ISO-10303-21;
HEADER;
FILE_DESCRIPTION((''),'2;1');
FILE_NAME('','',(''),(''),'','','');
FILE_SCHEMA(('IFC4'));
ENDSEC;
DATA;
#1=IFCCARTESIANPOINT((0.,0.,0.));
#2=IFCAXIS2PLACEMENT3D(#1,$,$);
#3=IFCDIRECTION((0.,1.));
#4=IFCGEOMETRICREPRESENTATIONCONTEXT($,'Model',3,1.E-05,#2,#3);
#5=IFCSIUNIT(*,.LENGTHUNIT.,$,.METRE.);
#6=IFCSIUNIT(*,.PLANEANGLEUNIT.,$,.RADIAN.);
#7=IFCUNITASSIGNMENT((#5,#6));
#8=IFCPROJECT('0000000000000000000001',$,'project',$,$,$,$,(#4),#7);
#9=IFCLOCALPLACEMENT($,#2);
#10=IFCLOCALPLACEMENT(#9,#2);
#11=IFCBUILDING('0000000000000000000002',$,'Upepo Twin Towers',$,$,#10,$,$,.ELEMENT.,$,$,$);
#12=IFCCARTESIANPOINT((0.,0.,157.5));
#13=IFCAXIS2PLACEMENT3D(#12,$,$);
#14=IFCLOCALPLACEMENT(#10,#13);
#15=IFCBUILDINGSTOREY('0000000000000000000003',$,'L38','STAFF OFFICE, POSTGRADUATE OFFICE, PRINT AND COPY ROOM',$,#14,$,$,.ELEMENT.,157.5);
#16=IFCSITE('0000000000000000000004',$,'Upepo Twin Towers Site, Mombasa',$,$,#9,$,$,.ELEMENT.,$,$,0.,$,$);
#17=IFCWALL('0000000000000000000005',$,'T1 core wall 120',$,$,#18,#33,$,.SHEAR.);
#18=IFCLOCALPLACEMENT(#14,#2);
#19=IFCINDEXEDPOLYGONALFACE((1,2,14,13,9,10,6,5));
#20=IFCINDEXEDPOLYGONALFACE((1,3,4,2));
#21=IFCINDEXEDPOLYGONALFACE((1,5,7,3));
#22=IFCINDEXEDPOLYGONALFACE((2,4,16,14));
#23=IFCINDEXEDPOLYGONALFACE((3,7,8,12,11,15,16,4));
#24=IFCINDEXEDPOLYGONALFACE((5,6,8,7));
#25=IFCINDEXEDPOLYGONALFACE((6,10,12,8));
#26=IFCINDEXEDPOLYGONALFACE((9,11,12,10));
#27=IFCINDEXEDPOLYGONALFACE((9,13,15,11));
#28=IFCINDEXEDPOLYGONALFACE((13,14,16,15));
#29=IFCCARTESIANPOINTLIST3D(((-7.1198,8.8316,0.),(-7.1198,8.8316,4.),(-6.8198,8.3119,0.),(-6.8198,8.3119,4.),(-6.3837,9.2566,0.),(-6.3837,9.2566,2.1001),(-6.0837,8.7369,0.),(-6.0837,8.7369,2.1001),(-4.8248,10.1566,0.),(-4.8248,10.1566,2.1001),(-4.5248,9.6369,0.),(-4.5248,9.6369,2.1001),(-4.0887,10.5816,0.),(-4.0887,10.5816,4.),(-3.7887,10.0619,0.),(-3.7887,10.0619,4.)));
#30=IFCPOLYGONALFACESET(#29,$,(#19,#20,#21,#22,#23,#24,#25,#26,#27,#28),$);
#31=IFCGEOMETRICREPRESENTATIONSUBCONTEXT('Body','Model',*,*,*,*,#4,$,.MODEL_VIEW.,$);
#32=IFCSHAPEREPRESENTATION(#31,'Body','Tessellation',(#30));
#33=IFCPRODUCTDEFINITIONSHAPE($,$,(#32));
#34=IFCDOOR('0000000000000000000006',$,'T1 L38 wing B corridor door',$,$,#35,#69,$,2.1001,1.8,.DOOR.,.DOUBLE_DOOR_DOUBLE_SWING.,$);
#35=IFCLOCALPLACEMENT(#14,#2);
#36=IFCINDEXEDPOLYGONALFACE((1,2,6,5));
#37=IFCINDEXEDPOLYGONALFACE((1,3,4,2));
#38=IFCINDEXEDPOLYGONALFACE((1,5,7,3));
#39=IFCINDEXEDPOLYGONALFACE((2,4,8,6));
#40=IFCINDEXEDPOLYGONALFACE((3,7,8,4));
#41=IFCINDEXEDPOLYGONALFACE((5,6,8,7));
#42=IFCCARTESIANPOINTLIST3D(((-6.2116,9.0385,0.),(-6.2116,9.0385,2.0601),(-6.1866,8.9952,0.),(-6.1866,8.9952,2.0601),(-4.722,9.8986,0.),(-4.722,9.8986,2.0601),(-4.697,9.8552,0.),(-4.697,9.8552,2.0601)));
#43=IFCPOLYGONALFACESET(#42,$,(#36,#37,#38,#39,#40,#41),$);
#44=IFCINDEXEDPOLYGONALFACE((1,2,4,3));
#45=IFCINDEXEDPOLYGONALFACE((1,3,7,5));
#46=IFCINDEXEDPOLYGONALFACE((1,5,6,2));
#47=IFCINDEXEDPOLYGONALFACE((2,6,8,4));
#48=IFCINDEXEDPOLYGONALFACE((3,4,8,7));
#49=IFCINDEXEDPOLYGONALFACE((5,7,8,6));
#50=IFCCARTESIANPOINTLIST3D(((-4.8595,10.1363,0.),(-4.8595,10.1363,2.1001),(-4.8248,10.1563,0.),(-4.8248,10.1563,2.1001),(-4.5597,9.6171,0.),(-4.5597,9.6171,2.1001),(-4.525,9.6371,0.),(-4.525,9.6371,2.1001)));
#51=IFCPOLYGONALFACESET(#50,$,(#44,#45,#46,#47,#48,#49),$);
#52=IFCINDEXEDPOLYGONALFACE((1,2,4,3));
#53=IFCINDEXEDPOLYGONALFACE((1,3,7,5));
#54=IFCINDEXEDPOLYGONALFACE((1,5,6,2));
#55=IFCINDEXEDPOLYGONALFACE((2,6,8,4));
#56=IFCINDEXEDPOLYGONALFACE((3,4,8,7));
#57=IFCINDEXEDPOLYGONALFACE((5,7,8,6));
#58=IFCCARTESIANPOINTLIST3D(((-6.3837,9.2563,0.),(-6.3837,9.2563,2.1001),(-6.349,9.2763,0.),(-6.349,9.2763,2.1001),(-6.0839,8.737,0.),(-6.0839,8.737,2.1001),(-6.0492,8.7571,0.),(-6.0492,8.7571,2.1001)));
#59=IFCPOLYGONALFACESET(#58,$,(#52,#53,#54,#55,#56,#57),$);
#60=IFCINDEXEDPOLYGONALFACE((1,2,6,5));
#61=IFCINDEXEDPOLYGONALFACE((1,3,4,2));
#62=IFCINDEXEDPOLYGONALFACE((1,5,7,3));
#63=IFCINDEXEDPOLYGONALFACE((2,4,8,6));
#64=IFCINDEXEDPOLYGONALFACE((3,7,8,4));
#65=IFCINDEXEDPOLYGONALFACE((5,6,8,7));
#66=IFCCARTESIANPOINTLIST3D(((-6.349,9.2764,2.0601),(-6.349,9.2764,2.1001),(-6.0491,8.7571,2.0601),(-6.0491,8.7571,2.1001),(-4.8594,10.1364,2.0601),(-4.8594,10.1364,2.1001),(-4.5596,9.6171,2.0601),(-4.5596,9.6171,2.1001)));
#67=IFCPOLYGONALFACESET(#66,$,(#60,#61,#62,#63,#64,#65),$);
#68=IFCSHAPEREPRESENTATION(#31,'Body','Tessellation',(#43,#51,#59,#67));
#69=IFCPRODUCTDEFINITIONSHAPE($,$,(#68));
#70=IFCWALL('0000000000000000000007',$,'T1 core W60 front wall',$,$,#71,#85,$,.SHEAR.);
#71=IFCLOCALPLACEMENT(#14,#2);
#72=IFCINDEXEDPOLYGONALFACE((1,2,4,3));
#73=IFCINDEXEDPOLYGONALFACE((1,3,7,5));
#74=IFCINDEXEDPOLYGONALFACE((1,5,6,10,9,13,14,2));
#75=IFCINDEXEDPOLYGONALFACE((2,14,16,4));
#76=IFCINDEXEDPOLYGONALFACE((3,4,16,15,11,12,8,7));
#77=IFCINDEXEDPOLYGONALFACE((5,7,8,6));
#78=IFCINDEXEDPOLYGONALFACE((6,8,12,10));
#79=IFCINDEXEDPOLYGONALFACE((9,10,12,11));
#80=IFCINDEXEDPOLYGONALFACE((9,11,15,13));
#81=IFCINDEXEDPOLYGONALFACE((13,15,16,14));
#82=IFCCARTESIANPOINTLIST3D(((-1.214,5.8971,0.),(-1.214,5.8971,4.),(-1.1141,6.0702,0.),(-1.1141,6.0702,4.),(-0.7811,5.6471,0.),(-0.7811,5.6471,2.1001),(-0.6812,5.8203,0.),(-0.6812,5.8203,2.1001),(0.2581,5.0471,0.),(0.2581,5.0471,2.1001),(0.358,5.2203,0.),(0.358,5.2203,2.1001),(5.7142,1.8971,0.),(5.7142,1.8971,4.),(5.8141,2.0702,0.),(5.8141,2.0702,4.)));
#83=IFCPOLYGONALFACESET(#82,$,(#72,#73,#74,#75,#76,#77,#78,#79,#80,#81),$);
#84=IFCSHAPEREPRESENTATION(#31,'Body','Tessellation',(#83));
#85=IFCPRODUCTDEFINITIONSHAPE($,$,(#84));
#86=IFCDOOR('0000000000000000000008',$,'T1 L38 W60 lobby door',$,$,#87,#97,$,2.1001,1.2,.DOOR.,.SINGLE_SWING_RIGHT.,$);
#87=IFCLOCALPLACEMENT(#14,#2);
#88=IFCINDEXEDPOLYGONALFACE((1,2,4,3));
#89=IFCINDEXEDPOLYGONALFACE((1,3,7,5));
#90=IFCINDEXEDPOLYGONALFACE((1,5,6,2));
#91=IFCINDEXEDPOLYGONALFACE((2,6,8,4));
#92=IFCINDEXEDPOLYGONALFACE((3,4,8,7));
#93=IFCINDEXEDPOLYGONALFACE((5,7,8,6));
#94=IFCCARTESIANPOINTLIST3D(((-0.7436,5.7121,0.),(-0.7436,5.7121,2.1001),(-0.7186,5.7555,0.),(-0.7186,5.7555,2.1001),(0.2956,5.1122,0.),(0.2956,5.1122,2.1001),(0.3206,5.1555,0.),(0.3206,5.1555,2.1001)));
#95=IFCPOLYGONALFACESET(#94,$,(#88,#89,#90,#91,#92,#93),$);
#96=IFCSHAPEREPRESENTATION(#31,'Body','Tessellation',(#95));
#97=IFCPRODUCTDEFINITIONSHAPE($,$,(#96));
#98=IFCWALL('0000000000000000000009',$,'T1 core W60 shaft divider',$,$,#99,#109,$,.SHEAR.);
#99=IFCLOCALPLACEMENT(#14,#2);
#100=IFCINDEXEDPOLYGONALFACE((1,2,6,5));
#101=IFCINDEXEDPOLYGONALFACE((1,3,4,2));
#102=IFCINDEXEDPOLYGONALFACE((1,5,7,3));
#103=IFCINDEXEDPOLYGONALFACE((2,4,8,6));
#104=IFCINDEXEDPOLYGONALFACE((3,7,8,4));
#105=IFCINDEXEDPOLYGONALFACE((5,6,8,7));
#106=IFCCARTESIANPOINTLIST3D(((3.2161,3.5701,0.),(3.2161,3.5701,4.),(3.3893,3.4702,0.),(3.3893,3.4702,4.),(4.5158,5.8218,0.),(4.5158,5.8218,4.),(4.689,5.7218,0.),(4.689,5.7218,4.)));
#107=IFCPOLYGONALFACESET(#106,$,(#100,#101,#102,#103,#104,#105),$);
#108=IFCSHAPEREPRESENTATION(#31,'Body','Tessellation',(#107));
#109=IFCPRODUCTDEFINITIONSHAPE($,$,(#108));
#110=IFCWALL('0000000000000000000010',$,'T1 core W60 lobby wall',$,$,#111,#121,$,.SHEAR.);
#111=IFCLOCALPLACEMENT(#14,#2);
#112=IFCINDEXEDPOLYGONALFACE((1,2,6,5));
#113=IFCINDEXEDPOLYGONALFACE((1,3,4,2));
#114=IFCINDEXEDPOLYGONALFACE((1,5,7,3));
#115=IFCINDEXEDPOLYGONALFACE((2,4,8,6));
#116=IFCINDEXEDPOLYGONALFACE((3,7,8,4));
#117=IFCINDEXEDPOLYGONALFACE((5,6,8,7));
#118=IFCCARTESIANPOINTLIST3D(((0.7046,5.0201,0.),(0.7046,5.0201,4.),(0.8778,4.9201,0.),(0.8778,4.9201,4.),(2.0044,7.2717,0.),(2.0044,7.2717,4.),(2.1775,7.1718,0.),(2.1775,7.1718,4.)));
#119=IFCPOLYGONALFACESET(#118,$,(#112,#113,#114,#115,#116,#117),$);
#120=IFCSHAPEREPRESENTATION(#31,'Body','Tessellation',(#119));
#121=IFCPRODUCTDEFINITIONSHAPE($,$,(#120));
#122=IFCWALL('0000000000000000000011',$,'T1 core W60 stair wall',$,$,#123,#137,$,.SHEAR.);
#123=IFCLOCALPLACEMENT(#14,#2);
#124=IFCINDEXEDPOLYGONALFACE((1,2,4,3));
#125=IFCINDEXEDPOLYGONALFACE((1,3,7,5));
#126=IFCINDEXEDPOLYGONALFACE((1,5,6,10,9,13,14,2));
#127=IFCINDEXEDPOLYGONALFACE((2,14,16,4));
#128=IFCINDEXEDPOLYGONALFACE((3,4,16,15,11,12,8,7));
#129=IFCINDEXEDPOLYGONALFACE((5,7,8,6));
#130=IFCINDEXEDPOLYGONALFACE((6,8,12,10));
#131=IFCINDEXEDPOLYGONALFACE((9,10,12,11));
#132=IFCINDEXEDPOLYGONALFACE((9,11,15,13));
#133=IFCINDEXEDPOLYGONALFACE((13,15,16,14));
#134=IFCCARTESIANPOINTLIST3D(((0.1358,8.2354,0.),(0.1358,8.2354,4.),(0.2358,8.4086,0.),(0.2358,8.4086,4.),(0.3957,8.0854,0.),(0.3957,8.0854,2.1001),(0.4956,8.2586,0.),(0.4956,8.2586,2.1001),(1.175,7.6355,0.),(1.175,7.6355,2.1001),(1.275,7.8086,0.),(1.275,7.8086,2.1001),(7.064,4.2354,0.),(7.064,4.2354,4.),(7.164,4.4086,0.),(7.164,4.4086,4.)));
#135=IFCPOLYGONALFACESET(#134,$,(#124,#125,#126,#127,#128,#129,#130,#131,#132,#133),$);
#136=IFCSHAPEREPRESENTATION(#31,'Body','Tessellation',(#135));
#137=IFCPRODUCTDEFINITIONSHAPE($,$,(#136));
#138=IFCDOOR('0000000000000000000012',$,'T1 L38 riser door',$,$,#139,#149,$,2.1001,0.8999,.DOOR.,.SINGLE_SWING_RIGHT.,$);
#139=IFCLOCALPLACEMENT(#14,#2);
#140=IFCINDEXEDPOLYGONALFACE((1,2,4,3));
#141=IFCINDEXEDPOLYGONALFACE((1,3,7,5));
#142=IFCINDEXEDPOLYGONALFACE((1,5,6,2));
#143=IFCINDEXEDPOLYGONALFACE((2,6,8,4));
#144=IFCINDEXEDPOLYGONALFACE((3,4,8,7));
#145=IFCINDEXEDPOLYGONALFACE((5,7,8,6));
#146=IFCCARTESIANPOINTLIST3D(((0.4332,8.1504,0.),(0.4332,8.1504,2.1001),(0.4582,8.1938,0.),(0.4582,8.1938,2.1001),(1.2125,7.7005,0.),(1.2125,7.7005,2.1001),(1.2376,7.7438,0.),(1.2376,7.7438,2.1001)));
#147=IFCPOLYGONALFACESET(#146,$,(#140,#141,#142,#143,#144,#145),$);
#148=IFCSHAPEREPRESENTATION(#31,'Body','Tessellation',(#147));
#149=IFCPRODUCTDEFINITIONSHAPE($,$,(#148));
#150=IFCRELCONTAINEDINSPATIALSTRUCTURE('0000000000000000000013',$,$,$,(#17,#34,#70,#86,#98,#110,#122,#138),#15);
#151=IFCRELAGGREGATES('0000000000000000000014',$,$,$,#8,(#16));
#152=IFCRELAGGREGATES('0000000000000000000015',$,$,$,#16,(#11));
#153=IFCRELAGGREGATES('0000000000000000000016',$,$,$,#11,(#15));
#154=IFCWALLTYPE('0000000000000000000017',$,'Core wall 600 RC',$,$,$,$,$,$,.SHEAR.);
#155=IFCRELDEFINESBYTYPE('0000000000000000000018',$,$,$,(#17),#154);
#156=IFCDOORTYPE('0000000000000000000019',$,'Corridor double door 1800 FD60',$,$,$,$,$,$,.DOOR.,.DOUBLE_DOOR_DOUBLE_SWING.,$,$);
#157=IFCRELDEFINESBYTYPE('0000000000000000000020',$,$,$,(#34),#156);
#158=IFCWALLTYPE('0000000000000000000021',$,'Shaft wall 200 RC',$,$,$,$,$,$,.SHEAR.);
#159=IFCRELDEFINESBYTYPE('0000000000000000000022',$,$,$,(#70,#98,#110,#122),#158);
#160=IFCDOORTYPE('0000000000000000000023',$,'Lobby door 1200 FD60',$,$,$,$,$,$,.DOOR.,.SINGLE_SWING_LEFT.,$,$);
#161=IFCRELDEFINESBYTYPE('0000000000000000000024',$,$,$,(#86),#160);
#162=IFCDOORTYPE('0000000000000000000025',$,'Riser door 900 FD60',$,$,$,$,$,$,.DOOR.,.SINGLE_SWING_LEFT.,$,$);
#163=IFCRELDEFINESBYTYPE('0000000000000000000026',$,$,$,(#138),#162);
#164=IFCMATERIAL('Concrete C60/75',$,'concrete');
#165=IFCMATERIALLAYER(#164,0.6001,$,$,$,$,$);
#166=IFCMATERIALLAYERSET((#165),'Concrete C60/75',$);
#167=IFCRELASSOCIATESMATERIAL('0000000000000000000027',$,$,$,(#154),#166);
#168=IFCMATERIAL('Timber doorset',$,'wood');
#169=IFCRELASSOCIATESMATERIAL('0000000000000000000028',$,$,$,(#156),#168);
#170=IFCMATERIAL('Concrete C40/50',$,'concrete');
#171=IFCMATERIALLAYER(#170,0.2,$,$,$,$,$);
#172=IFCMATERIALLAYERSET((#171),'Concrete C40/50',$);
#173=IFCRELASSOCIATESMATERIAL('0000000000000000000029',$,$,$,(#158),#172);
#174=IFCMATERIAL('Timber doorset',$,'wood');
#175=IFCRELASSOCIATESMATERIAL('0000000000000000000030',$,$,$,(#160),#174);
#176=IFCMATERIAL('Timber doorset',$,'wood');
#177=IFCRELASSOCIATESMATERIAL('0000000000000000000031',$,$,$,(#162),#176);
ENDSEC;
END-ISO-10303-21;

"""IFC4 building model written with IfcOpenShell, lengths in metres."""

from ifc_helpers import new_model, si_unit, direction, frame, frame_2d, origin, place, context, subcontext, project, spatial, rectangle, extrude, material, layer, layer_set, type_object, element, fill, save


model = new_model("IFC4")

# Units and contexts
model_context = context("Model", 3, precision=1e-05, world=origin(), true_north=direction((0.0, 1.0)))
body_context = subcontext(model_context, "Body", "Model", "MODEL_VIEW")
ifc_project = project(units=[si_unit("LENGTHUNIT", "METRE"), si_unit("PLANEANGLEUNIT", "RADIAN")], contexts=[model_context])

# Site, building, storey
site_placement = place(None, origin())
site = spatial("IfcSite", under=ifc_project, at=site_placement, Name="Upepo Twin Towers Site, Mombasa", CompositionType="ELEMENT", RefElevation=0.0)
building_placement = place(site_placement, origin())
building = spatial("IfcBuilding", under=site, at=building_placement, Name="Upepo Twin Towers", CompositionType="ELEMENT")
storey_placement = place(building_placement, frame((0.0, 0.0, 157.5)))
storey = spatial("IfcBuildingStorey", under=building, at=storey_placement, Name="L38", Description="STAFF OFFICE, POSTGRADUATE OFFICE, PRINT AND COPY ROOM", CompositionType="ELEMENT", Elevation=157.5)

# Walls, openings, doors
ifc_material_1 = material(Name="Concrete C60/75", Category="concrete")
ifc_layer_1 = layer(ifc_material_1, 0.6001)
ifc_layer_set_1 = layer_set([ifc_layer_1], Name="Concrete C60/75")
wall_type_1 = type_object("IfcWallType", Name="Core wall 600 RC", PredefinedType="SHEAR", material=ifc_layer_set_1)
wall_1_placement = place(storey_placement, frame((-3.9387, 10.3218, 0.0), z_axis=(0.0, 0.0, 1.0), x_axis=(-0.866019, -0.50001, 0.0)))
wall_1 = element("IfcWall", 1, at=wall_1_placement, inside=storey, type_object=wall_type_1, Name="T1 core wall 120", PredefinedType="SHEAR", context=body_context, shape_type="SweptSolid", body=[
    extrude(rectangle(XDim=3.5, YDim=0.6001, at=frame_2d((1.75, 0.0))), origin(), (0.0, 0.0, 1.0), 4.0),
])
opening_1_placement = place(wall_1_placement, frame((0.8501, 0.0, 0.0)))
opening_1 = element("IfcOpeningElement", 2, at=opening_1_placement, cuts=wall_1, PredefinedType="OPENING", context=body_context, shape_type="SweptSolid", body=[
    extrude(rectangle(XDim=1.8, YDim=2.1001, at=frame_2d((0.8999, 1.05))), frame((0.0, 0.3101, 0.0), z_axis=(0.0, -1.0, 0.0), x_axis=(1.0, 0.0, 0.0)), (0.0, 0.0, 1.0), 0.6201),
])
ifc_material_2 = material(Name="Timber doorset", Category="wood")
door_type_1 = type_object("IfcDoorType", Name="Corridor double door 1800 FD60", OperationType="DOUBLE_DOOR_DOUBLE_SWING", PredefinedType="DOOR", material=ifc_material_2)
door_1_placement = place(opening_1_placement, origin())
door_1 = element("IfcDoor", 3, at=door_1_placement, inside=storey, type_object=door_type_1, Name="T1 L38 wing B corridor door", OperationType="DOUBLE_DOOR_DOUBLE_SWING", OverallHeight=2.1001, OverallWidth=1.8, PredefinedType="DOOR", context=body_context, shape_type="SweptSolid", body=[
    extrude(rectangle(XDim=1.72, YDim=2.0601, at=frame_2d((0.8999, 1.03))), frame((0.0, 0.0249, 0.0), z_axis=(0.0, -1.0, 0.0), x_axis=(1.0, 0.0, 0.0)), (0.0, 0.0, 1.0), 0.05),
    extrude(rectangle(XDim=0.04, YDim=2.1001, at=frame_2d((0.02, 1.05))), frame((0.0, 0.2998, 0.0), z_axis=(0.0, -1.0, 0.0), x_axis=(1.0, 0.0, 0.0)), (0.0, 0.0, 1.0), 0.5996),
    extrude(rectangle(XDim=0.04, YDim=2.1001, at=frame_2d((1.78, 1.05))), frame((0.0, 0.2998, 0.0), z_axis=(0.0, -1.0, 0.0), x_axis=(1.0, 0.0, 0.0)), (0.0, 0.0, 1.0), 0.5996),
    extrude(rectangle(XDim=1.72, YDim=0.04, at=frame_2d((0.8999, 2.0801))), frame((0.0, 0.2998, 0.0), z_axis=(0.0, -1.0, 0.0), x_axis=(1.0, 0.0, 0.0)), (0.0, 0.0, 1.0), 0.5996),
])
fill(opening_1, door_1)
ifc_material_3 = material(Name="Concrete C40/50", Category="concrete")
ifc_layer_2 = layer(ifc_material_3, 0.2)
ifc_layer_set_2 = layer_set([ifc_layer_2], Name="Concrete C40/50")
wall_type_2 = type_object("IfcWallType", Name="Shaft wall 200 RC", PredefinedType="SHEAR", material=ifc_layer_set_2)
wall_2_placement = place(storey_placement, frame((5.7642, 1.9836, 0.0), z_axis=(0.0, 0.0, 1.0), x_axis=(-0.866026, 0.499999, 0.0)))
wall_2 = element("IfcWall", 4, at=wall_2_placement, inside=storey, type_object=wall_type_2, Name="T1 core W60 front wall", PredefinedType="SHEAR", context=body_context, shape_type="SweptSolid", body=[
    extrude(rectangle(XDim=8.0, YDim=0.2, at=frame_2d((4.0, 0.0))), origin(), (0.0, 0.0, 1.0), 4.0),
])
opening_2_placement = place(wall_2_placement, frame((6.3, 0.0, 0.0)))
opening_2 = element("IfcOpeningElement", 5, at=opening_2_placement, cuts=wall_2, PredefinedType="OPENING", context=body_context, shape_type="SweptSolid", body=[
    extrude(rectangle(XDim=1.2, YDim=2.1001, at=frame_2d((0.6001, 1.05))), frame((0.0, 0.1099, 0.0), z_axis=(0.0, -1.0, 0.0), x_axis=(1.0, 0.0, 0.0)), (0.0, 0.0, 1.0), 0.22),
])
ifc_material_4 = material(Name="Timber doorset", Category="wood")
door_type_2 = type_object("IfcDoorType", Name="Lobby door 1200 FD60", OperationType="SINGLE_SWING_LEFT", PredefinedType="DOOR", material=ifc_material_4)
door_2_placement = place(opening_2_placement, origin())
door_2 = element("IfcDoor", 6, at=door_2_placement, inside=storey, type_object=door_type_2, Name="T1 L38 W60 lobby door", OperationType="SINGLE_SWING_RIGHT", OverallHeight=2.1001, OverallWidth=1.2, PredefinedType="DOOR", context=body_context, shape_type="SweptSolid", body=[
    extrude(rectangle(XDim=1.2, YDim=2.1001, at=frame_2d((0.6001, 1.05))), frame((0.0, 0.0249, 0.0), z_axis=(0.0, -1.0, 0.0), x_axis=(1.0, 0.0, 0.0)), (0.0, 0.0, 1.0), 0.05),
])
fill(opening_2, door_2)

# Walls
for number, where, z_axis, x_axis, name in (
    (7, (3.3027, 3.5203, 0.0), (0.0, 0.0, 1.0), (0.499937, 0.866062, 0.0), "T1 core W60 shaft divider"),
    (8, (0.7913, 4.9702, 0.0), (0.0, 0.0, 1.0), (0.499937, 0.866062, 0.0), "T1 core W60 lobby wall"),
):
    element("IfcWall", number, at=place(storey_placement, frame(where, z_axis=z_axis, x_axis=x_axis)), inside=storey, type_object=wall_type_2, Name=name, PredefinedType="SHEAR", context=body_context, shape_type="SweptSolid", body=[
        extrude(rectangle(XDim=2.5999, YDim=0.2, at=frame_2d((1.2998, 0.0))), origin(), (0.0, 0.0, 1.0), 4.0),
    ])

# Wall, opening, door
wall_3_placement = place(storey_placement, frame((7.114, 4.322, 0.0), z_axis=(0.0, 0.0, 1.0), x_axis=(-0.866026, 0.499999, 0.0)))
wall_3 = element("IfcWall", 9, at=wall_3_placement, inside=storey, type_object=wall_type_2, Name="T1 core W60 stair wall", PredefinedType="SHEAR", context=body_context, shape_type="SweptSolid", body=[
    extrude(rectangle(XDim=8.0, YDim=0.2, at=frame_2d((4.0, 0.0))), origin(), (0.0, 0.0, 1.0), 4.0),
])
opening_3_placement = place(wall_3_placement, frame((6.8, 0.0, 0.0)))
opening_3 = element("IfcOpeningElement", 10, at=opening_3_placement, cuts=wall_3, PredefinedType="OPENING", context=body_context, shape_type="SweptSolid", body=[
    extrude(rectangle(XDim=0.8999, YDim=2.1001, at=frame_2d((0.45, 1.05))), frame((0.0, 0.1099, 0.0), z_axis=(0.0, -1.0, 0.0), x_axis=(1.0, 0.0, 0.0)), (0.0, 0.0, 1.0), 0.22),
])
ifc_material_5 = material(Name="Timber doorset", Category="wood")
door_type_3 = type_object("IfcDoorType", Name="Riser door 900 FD60", OperationType="SINGLE_SWING_LEFT", PredefinedType="DOOR", material=ifc_material_5)
door_3_placement = place(opening_3_placement, origin())
door_3 = element("IfcDoor", 11, at=door_3_placement, inside=storey, type_object=door_type_3, Name="T1 L38 riser door", OperationType="SINGLE_SWING_RIGHT", OverallHeight=2.1001, OverallWidth=0.8999, PredefinedType="DOOR", context=body_context, shape_type="SweptSolid", body=[
    extrude(rectangle(XDim=0.8999, YDim=2.1001, at=frame_2d((0.45, 1.05))), frame((0.0, 0.0249, 0.0), z_axis=(0.0, -1.0, 0.0), x_axis=(1.0, 0.0, 0.0)), (0.0, 0.0, 1.0), 0.05),
])
fill(opening_3, door_3)

save(model, "model.ifc")
